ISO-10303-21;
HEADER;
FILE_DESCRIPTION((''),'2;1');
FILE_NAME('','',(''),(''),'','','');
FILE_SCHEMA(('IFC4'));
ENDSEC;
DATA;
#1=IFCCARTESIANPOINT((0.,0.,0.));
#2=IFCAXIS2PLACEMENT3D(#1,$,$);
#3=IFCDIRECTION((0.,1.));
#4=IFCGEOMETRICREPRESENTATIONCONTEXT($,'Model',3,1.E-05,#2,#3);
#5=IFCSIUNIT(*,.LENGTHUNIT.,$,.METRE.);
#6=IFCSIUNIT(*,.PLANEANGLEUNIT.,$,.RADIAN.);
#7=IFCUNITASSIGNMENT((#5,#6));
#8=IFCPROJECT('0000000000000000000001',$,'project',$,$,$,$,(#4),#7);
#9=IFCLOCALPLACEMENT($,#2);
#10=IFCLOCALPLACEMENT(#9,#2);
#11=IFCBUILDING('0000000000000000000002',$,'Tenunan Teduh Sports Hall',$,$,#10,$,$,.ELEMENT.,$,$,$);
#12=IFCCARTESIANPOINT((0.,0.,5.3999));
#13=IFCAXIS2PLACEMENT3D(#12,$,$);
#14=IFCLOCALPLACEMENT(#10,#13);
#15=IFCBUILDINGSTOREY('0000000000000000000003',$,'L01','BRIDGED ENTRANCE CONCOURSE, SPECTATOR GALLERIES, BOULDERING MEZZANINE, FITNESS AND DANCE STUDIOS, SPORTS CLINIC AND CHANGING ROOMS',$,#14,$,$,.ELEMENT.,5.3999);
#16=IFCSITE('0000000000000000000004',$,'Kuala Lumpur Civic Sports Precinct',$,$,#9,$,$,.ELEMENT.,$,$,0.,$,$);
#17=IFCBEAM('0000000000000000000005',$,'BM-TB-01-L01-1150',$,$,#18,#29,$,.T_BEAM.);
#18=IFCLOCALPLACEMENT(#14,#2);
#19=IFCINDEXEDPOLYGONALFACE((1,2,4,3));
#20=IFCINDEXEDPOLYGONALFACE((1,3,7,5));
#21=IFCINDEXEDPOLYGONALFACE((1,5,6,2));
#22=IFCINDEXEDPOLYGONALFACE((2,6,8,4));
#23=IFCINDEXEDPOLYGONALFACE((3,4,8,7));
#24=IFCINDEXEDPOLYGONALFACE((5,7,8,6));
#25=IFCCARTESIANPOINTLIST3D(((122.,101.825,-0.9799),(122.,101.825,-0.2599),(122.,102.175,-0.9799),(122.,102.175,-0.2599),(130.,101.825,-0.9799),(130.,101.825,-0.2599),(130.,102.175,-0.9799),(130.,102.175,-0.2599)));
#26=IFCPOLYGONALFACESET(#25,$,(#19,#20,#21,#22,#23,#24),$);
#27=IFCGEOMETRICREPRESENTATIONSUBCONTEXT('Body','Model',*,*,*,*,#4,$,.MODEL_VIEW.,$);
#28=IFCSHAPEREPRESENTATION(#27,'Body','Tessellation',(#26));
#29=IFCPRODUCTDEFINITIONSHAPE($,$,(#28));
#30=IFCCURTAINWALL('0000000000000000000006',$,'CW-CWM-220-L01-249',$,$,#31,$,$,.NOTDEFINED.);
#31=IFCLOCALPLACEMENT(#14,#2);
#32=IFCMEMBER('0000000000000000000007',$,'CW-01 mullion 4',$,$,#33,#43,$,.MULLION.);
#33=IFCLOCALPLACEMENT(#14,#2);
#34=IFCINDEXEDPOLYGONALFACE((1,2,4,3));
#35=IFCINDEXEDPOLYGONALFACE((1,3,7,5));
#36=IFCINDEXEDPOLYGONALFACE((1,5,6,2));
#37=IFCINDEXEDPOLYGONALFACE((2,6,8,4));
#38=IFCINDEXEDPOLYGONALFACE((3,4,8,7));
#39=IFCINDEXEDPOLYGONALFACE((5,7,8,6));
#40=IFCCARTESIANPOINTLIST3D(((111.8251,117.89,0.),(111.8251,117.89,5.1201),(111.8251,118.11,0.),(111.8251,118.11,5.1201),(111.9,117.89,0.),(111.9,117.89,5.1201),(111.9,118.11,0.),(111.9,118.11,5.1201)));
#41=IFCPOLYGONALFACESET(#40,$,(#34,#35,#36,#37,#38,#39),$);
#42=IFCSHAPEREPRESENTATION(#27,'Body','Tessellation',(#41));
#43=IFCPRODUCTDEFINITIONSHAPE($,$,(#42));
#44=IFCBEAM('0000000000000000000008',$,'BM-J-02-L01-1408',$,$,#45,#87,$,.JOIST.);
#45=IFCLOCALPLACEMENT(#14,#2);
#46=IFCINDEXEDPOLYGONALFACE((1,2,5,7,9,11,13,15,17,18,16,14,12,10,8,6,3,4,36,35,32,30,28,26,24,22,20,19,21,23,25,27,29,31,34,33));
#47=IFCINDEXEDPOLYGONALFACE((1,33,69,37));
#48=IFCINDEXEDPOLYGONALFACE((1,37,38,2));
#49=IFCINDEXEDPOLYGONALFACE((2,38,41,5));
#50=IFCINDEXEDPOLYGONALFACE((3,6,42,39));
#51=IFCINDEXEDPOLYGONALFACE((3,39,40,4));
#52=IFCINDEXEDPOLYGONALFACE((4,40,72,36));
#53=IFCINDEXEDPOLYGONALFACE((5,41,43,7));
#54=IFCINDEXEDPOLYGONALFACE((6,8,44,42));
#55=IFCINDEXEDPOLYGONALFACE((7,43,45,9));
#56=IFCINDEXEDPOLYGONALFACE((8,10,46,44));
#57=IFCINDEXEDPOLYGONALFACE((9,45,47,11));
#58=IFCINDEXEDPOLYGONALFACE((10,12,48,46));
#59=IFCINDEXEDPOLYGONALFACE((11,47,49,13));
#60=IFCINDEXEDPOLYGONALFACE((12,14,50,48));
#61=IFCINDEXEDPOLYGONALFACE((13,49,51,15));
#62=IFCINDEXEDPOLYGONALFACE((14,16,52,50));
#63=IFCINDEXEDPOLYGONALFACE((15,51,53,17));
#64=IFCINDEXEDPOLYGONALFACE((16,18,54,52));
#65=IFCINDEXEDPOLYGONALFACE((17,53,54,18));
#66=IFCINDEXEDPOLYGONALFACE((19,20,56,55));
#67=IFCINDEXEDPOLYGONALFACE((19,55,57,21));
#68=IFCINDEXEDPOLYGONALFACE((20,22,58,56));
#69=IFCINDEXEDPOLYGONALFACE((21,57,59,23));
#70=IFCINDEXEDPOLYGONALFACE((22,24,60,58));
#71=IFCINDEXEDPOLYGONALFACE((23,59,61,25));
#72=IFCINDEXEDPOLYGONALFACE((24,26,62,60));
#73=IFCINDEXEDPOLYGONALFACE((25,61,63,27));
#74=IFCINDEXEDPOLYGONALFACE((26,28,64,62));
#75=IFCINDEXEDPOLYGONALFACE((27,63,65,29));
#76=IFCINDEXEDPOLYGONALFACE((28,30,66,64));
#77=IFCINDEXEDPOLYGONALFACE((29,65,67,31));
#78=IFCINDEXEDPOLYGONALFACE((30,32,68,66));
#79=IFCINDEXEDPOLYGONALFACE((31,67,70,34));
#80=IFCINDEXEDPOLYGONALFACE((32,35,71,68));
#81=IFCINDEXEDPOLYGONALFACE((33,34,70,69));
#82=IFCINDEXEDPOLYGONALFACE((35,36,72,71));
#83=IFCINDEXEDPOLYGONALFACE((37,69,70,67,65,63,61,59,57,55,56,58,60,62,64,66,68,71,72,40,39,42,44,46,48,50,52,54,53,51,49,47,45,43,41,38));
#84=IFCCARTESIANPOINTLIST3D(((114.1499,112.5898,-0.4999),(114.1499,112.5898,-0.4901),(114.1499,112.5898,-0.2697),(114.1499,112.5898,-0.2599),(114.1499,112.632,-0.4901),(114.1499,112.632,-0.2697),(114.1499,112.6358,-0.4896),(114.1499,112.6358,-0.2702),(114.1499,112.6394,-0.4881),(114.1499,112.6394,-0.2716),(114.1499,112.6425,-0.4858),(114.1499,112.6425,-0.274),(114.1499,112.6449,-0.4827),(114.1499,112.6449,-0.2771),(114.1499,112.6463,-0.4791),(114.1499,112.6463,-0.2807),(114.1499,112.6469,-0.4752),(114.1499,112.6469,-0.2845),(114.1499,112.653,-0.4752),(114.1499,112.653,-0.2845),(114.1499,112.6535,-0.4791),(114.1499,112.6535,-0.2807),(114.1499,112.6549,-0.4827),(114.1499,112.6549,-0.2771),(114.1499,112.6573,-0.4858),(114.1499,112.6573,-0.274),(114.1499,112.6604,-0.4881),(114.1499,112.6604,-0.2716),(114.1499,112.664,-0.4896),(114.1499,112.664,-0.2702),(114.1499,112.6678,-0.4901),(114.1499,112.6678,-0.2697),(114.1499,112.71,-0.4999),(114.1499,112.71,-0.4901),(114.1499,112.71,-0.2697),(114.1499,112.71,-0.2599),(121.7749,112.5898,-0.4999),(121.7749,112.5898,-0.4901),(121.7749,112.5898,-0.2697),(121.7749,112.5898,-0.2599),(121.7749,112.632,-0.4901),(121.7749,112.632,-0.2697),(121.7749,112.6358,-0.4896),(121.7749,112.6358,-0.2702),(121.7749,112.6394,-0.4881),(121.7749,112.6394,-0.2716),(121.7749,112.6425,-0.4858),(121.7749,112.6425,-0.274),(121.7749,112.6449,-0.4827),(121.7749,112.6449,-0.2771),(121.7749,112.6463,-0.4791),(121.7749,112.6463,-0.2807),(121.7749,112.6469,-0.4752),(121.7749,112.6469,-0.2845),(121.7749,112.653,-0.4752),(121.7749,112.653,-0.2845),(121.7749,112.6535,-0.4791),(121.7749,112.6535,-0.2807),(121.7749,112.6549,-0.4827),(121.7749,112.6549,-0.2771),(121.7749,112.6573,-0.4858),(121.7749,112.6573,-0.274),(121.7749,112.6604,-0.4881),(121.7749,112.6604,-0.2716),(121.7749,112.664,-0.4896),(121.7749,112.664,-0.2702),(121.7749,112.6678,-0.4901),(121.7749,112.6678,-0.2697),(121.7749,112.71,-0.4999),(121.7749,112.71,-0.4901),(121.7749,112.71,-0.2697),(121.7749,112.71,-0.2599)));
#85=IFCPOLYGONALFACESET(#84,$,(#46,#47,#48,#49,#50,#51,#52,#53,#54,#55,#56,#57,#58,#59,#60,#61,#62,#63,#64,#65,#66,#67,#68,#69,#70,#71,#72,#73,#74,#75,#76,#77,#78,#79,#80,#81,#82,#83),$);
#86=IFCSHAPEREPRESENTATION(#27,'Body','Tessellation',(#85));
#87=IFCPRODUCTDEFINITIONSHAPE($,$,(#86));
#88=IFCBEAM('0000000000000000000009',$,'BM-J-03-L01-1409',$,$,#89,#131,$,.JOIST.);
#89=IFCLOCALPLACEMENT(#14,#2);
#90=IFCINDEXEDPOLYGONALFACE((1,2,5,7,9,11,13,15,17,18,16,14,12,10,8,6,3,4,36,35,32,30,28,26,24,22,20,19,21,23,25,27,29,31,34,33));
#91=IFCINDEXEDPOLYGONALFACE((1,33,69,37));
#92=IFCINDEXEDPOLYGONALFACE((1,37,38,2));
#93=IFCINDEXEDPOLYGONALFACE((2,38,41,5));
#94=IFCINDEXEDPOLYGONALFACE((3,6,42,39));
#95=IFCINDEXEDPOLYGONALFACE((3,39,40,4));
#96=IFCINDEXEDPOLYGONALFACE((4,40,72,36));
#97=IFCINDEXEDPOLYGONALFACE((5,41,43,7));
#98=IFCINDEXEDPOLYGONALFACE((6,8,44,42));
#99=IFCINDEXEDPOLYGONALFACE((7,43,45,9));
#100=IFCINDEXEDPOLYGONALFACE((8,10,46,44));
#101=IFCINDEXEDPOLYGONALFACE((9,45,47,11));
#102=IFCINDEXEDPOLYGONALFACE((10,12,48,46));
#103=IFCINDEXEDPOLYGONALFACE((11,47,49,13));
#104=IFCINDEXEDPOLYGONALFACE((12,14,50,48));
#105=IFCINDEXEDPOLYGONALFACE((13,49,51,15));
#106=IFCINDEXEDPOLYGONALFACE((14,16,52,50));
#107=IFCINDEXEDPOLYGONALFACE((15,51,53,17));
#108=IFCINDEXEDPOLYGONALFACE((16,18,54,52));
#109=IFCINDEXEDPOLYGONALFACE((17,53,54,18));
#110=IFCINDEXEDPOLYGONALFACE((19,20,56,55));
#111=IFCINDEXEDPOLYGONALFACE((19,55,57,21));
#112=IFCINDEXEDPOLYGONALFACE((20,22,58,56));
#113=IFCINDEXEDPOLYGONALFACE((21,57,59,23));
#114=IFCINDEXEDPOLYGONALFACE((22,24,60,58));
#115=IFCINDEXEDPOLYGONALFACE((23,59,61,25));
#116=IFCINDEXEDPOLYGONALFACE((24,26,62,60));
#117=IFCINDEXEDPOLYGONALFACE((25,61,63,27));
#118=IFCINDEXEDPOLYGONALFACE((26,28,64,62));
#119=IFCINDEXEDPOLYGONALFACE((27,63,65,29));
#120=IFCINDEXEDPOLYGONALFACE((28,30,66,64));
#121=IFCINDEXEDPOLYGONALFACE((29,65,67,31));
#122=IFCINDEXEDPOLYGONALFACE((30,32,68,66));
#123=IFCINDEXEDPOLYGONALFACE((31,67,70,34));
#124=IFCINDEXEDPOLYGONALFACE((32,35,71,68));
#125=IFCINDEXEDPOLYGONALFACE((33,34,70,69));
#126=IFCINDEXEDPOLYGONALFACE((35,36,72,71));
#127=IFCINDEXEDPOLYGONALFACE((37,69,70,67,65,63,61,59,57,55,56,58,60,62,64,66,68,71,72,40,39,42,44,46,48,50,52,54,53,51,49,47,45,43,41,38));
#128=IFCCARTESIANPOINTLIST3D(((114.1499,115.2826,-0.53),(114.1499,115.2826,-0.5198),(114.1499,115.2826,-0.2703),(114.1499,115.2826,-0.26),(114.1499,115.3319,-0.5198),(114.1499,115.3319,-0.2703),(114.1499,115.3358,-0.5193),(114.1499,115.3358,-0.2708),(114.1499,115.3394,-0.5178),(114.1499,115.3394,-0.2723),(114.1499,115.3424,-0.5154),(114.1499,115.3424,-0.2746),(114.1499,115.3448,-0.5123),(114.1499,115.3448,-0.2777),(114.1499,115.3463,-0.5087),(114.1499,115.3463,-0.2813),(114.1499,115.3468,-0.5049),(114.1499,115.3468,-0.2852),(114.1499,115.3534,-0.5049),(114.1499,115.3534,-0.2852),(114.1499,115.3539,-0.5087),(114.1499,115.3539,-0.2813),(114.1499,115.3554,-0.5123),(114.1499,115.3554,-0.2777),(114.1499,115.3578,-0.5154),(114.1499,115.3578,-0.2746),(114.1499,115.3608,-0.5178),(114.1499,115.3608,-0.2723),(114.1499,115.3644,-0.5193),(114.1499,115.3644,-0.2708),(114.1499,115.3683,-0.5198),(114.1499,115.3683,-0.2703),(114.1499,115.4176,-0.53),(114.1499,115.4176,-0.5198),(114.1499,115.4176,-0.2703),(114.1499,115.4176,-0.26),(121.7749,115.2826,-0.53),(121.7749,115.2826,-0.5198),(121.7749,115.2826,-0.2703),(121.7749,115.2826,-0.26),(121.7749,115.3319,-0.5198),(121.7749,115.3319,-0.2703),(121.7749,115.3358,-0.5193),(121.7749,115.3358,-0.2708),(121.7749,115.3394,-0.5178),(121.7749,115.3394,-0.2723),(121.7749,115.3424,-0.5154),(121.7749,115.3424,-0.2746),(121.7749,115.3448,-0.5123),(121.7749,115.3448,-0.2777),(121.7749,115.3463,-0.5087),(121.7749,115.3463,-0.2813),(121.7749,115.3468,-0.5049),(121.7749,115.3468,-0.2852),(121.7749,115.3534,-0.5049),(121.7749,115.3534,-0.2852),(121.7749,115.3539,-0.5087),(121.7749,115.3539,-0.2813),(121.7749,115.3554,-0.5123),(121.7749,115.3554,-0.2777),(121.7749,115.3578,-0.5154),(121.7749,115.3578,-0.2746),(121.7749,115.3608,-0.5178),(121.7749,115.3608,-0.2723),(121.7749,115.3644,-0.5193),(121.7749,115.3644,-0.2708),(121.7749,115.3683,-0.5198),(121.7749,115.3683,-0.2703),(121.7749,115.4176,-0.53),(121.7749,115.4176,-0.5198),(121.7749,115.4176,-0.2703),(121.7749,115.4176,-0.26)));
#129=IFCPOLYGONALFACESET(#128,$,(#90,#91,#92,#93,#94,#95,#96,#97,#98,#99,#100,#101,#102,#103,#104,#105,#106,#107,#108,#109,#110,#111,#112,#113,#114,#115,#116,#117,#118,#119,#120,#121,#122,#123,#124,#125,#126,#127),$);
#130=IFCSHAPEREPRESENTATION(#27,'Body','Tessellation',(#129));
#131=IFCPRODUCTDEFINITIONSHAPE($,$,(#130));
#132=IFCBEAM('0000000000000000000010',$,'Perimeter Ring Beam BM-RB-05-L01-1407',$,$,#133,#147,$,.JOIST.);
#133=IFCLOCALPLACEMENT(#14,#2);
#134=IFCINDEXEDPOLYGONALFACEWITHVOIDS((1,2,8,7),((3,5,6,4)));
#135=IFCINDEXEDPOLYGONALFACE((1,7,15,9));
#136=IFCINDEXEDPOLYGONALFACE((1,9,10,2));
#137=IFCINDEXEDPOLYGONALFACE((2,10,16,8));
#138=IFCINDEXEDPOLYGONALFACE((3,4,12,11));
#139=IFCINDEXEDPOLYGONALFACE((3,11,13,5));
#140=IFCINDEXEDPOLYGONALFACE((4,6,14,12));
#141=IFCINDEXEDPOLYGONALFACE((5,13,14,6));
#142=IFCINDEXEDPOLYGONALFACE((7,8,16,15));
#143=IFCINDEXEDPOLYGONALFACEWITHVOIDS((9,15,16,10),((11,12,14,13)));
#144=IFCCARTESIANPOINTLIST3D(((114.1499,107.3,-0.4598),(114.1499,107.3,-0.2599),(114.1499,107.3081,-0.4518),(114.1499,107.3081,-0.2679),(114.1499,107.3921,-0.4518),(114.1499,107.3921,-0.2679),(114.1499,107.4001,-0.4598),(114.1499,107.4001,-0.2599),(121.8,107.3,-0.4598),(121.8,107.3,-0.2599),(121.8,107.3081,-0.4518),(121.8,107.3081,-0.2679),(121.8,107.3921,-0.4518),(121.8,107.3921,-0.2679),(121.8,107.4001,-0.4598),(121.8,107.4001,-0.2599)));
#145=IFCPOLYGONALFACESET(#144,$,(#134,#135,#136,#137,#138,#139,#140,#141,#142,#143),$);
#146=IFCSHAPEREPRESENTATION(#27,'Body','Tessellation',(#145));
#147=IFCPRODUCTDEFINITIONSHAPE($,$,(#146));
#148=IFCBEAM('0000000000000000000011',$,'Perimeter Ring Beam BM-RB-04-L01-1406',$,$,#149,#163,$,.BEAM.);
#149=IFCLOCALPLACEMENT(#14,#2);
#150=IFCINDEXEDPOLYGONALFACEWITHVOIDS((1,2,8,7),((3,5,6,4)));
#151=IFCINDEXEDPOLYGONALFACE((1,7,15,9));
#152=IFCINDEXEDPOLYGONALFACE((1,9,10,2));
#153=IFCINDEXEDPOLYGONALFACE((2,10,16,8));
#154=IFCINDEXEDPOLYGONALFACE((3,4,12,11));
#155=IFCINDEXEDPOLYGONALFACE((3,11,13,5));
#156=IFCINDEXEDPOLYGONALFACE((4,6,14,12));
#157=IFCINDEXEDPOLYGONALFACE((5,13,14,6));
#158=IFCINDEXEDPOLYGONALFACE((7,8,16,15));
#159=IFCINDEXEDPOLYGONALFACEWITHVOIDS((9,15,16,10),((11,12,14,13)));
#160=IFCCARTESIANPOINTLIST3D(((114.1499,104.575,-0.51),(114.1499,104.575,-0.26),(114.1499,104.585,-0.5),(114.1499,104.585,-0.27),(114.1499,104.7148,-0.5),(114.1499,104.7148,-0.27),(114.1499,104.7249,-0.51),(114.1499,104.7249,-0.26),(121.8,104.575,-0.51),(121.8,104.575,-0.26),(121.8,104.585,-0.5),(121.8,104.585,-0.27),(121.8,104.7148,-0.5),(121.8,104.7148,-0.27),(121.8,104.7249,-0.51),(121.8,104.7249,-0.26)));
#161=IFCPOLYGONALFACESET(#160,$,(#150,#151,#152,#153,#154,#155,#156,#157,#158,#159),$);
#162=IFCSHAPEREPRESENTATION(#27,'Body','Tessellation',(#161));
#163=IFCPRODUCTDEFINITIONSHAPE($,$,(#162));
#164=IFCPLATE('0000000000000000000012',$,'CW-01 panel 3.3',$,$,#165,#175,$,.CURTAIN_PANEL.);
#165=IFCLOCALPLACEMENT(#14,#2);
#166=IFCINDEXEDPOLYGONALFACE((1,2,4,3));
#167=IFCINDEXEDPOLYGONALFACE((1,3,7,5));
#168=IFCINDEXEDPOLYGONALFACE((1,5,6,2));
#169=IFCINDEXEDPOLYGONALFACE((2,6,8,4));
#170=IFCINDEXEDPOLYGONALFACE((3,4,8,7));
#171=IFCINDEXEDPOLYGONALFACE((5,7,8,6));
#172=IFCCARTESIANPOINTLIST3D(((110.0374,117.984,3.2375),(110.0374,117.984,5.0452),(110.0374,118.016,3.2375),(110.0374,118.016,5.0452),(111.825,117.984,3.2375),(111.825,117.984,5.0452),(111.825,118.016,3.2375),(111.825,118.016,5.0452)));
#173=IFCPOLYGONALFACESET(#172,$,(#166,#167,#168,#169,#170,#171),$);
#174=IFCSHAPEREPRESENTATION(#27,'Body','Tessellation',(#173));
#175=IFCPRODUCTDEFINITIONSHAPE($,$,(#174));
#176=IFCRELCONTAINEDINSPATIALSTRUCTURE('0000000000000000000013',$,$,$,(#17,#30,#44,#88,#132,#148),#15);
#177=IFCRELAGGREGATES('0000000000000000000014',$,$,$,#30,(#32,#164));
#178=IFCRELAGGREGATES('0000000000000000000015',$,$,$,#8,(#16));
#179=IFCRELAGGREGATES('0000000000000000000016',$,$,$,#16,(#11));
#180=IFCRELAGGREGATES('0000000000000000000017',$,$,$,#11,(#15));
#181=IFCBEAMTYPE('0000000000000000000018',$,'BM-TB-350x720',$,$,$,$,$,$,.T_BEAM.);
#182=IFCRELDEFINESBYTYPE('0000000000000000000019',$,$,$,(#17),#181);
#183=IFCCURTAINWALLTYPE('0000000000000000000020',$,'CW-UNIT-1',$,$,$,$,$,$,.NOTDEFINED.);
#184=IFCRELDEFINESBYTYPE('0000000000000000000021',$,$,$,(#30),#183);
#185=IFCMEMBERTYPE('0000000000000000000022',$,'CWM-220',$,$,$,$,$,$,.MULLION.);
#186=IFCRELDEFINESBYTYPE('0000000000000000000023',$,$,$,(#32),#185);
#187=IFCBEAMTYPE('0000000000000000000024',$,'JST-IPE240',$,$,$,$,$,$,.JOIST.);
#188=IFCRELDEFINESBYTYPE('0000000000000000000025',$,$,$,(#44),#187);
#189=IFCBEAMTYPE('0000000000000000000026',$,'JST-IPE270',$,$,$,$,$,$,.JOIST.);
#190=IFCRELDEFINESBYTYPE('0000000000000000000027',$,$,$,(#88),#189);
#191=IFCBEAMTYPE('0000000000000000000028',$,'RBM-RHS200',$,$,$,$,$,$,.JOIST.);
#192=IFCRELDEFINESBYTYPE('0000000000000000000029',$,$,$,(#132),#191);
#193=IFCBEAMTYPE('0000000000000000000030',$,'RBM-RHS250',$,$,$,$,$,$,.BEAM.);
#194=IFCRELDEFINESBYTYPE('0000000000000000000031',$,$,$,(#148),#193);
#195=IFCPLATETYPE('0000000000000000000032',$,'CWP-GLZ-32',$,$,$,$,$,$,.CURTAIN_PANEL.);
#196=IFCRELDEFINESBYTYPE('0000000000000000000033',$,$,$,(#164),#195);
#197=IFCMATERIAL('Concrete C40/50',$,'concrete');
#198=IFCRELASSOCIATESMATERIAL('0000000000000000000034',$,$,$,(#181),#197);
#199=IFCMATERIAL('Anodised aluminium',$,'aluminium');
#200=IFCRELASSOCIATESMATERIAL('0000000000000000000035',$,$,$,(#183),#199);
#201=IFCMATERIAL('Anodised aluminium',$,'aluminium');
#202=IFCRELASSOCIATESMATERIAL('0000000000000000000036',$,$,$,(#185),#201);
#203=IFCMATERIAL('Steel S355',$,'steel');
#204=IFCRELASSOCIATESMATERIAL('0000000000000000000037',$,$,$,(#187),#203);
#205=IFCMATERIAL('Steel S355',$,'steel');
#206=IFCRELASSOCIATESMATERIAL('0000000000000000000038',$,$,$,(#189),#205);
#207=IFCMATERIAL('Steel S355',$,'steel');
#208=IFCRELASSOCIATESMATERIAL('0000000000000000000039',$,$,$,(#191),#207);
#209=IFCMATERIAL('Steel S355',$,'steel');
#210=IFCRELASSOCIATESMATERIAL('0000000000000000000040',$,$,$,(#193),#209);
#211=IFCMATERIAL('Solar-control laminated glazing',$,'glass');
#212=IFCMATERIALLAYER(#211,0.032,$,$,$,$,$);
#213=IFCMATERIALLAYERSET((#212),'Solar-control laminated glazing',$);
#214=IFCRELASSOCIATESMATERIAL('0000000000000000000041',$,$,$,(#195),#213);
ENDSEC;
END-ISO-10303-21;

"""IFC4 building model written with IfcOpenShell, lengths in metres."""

from ifc_helpers import new_model, si_unit, direction, frame, origin, origin_2d, place, context, subcontext, project, spatial, rectangle, hollow_rectangle, i_section, extrude, material, layer, layer_set, material_profile, profile_set, type_object, element, aggregate, save


model = new_model("IFC4")

# Units and contexts
model_context = context("Model", 3, precision=1e-05, world=origin(), true_north=direction((0.0, 1.0)))
body_context = subcontext(model_context, "Body", "Model", "MODEL_VIEW")
ifc_project = project(units=[si_unit("LENGTHUNIT", "METRE"), si_unit("PLANEANGLEUNIT", "RADIAN")], contexts=[model_context])

# Site, building, storey
site_placement = place(None, origin())
site = spatial("IfcSite", under=ifc_project, at=site_placement, Name="Kuala Lumpur Civic Sports Precinct", CompositionType="ELEMENT", RefElevation=0.0)
building_placement = place(site_placement, origin())
building = spatial("IfcBuilding", under=site, at=building_placement, Name="Tenunan Teduh Sports Hall", CompositionType="ELEMENT")
storey_placement = place(building_placement, frame((0.0, 0.0, 5.3999)))
storey = spatial("IfcBuildingStorey", under=building, at=storey_placement, Name="L01", Description="BRIDGED ENTRANCE CONCOURSE, SPECTATOR GALLERIES, BOULDERING MEZZANINE, FITNESS AND DANCE STUDIOS, SPORTS CLINIC AND CHANGING ROOMS", CompositionType="ELEMENT", Elevation=5.3999)

# Beam
ifc_material_1 = material(Name="Concrete C40/50", Category="concrete")
ifc_material_profile_1 = material_profile(ifc_material_1, rectangle(XDim=0.3501, YDim=0.72, at=origin_2d()), Name="TB 350x720")
ifc_profile_set_1 = profile_set([ifc_material_profile_1], Name="Concrete C40/50")
beam_type_1 = type_object("IfcBeamType", Name="BM-TB-350x720", PredefinedType="T_BEAM", material=ifc_profile_set_1)
beam_1_placement = place(storey_placement, frame((122.0, 102.0, -0.6199), z_axis=(1.0, 0.0, 0.0), x_axis=(0.0, 1.0, 0.0)))
element("IfcBeam", 1, at=beam_1_placement, inside=storey, type_object=beam_type_1, Name="BM-TB-01-L01-1150", PredefinedType="T_BEAM", context=body_context, shape_type="SweptSolid", body=[
    extrude(rectangle(XDim=0.3501, YDim=0.72, at=origin_2d()), origin(), (0.0, 0.0, 1.0), 8.0),
])

# Curtain wall, member
ifc_material_2 = material(Name="Anodised aluminium", Category="aluminium")
curtain_wall_type = type_object("IfcCurtainWallType", Name="CW-UNIT-1", PredefinedType="NOTDEFINED", material=ifc_material_2)
curtain_wall_placement = place(storey_placement, origin())
curtain_wall = element("IfcCurtainWall", 2, at=curtain_wall_placement, inside=storey, type_object=curtain_wall_type, Name="CW-CWM-220-L01-249", PredefinedType="NOTDEFINED")
ifc_material_3 = material(Name="Anodised aluminium", Category="aluminium")
ifc_material_profile_2 = material_profile(ifc_material_3, rectangle(XDim=0.075, YDim=0.22, at=origin_2d()), Name="CWM 75x220")
ifc_profile_set_2 = profile_set([ifc_material_profile_2], Name="Anodised aluminium")
member_type = type_object("IfcMemberType", Name="CWM-220", PredefinedType="MULLION", material=ifc_profile_set_2)
member_placement = place(storey_placement, frame((111.8625, 118.0, 0.0), z_axis=(0.0, 0.0, 1.0), x_axis=(1.0, 0.0, 0.0)))
member = element("IfcMember", 3, at=member_placement, type_object=member_type, Name="CW-01 mullion 4", PredefinedType="MULLION", context=body_context, shape_type="SweptSolid", body=[
    extrude(rectangle(XDim=0.075, YDim=0.22, at=origin_2d()), origin(), (0.0, 0.0, 1.0), 5.1201),
])

# Beams
ifc_material_4 = material(Name="Steel S355", Category="steel")
ifc_material_profile_3 = material_profile(ifc_material_4, i_section(OverallWidth=0.1201, OverallDepth=0.24, WebThickness=0.0061, FlangeThickness=0.0098, FilletRadius=0.0149, at=origin_2d()), Name="IPE 240")
ifc_profile_set_3 = profile_set([ifc_material_profile_3], Name="Steel S355")
beam_type_2 = type_object("IfcBeamType", Name="JST-IPE240", PredefinedType="JOIST", material=ifc_profile_set_3)
beam_2_placement = place(storey_placement, frame((114.1499, 112.6499, -0.3799), z_axis=(1.0, 0.0, 0.0), x_axis=(0.0, 1.0, 0.0)))
element("IfcBeam", 4, at=beam_2_placement, inside=storey, type_object=beam_type_2, Name="BM-J-02-L01-1408", PredefinedType="JOIST", context=body_context, shape_type="SweptSolid", body=[
    extrude(i_section(OverallWidth=0.1201, OverallDepth=0.24, WebThickness=0.0061, FlangeThickness=0.0098, FilletRadius=0.0149, at=origin_2d()), origin(), (0.0, 0.0, 1.0), 7.625),
])
ifc_material_5 = material(Name="Steel S355", Category="steel")
ifc_material_profile_4 = material_profile(ifc_material_5, i_section(OverallWidth=0.135, OverallDepth=0.27, WebThickness=0.0066, FlangeThickness=0.0103, FilletRadius=0.0149, at=origin_2d()), Name="IPE 270")
ifc_profile_set_4 = profile_set([ifc_material_profile_4], Name="Steel S355")
beam_type_3 = type_object("IfcBeamType", Name="JST-IPE270", PredefinedType="JOIST", material=ifc_profile_set_4)
beam_3_placement = place(storey_placement, frame((114.1499, 115.3501, -0.395), z_axis=(1.0, 0.0, 0.0), x_axis=(0.0, 1.0, 0.0)))
element("IfcBeam", 5, at=beam_3_placement, inside=storey, type_object=beam_type_3, Name="BM-J-03-L01-1409", PredefinedType="JOIST", context=body_context, shape_type="SweptSolid", body=[
    extrude(i_section(OverallWidth=0.135, OverallDepth=0.27, WebThickness=0.0066, FlangeThickness=0.0103, FilletRadius=0.0149, at=origin_2d()), origin(), (0.0, 0.0, 1.0), 7.625),
])
ifc_material_6 = material(Name="Steel S355", Category="steel")
ifc_material_profile_5 = material_profile(ifc_material_6, hollow_rectangle(XDim=0.1001, YDim=0.2, WallThickness=0.0081, at=origin_2d()), Name="RHS 200x100x8.0")
ifc_profile_set_5 = profile_set([ifc_material_profile_5], Name="Steel S355")
beam_type_4 = type_object("IfcBeamType", Name="RBM-RHS200", PredefinedType="JOIST", material=ifc_profile_set_5)
beam_4_placement = place(storey_placement, frame((114.1499, 107.3501, -0.3599), z_axis=(1.0, 0.0, 0.0), x_axis=(0.0, 1.0, 0.0)))
element("IfcBeam", 6, at=beam_4_placement, inside=storey, type_object=beam_type_4, Name="Perimeter Ring Beam BM-RB-05-L01-1407", PredefinedType="JOIST", context=body_context, shape_type="SweptSolid", body=[
    extrude(hollow_rectangle(XDim=0.1001, YDim=0.2, WallThickness=0.0081, at=origin_2d()), origin(), (0.0, 0.0, 1.0), 7.6501),
])
ifc_material_7 = material(Name="Steel S355", Category="steel")
ifc_material_profile_6 = material_profile(ifc_material_7, hollow_rectangle(XDim=0.1499, YDim=0.25, WallThickness=0.01, at=origin_2d()), Name="RHS 250x150x10.0")
ifc_profile_set_6 = profile_set([ifc_material_profile_6], Name="Steel S355")
beam_type_5 = type_object("IfcBeamType", Name="RBM-RHS250", PredefinedType="BEAM", material=ifc_profile_set_6)
beam_5_placement = place(storey_placement, frame((114.1499, 104.6499, -0.385), z_axis=(1.0, 0.0, 0.0), x_axis=(0.0, 1.0, 0.0)))
element("IfcBeam", 7, at=beam_5_placement, inside=storey, type_object=beam_type_5, Name="Perimeter Ring Beam BM-RB-04-L01-1406", PredefinedType="BEAM", context=body_context, shape_type="SweptSolid", body=[
    extrude(hollow_rectangle(XDim=0.1499, YDim=0.25, WallThickness=0.01, at=origin_2d()), origin(), (0.0, 0.0, 1.0), 7.6501),
])

# Plate
ifc_material_8 = material(Name="Solar-control laminated glazing", Category="glass")
ifc_layer_1 = layer(ifc_material_8, 0.032)
ifc_layer_set_1 = layer_set([ifc_layer_1], Name="Solar-control laminated glazing")
plate_type = type_object("IfcPlateType", Name="CWP-GLZ-32", PredefinedType="CURTAIN_PANEL", material=ifc_layer_set_1)
plate_placement = place(storey_placement, frame((110.9312, 118.0, 3.2375), z_axis=(0.0, 0.0, 1.0), x_axis=(1.0, 0.0, 0.0)))
plate = element("IfcPlate", 8, at=plate_placement, type_object=plate_type, Name="CW-01 panel 3.3", PredefinedType="CURTAIN_PANEL", context=body_context, shape_type="SweptSolid", body=[
    extrude(rectangle(XDim=1.7876, YDim=0.032, at=origin_2d()), origin(), (0.0, 0.0, 1.0), 1.8076),
])
aggregate(curtain_wall, [member, plate])

save(model, "model.ifc")
